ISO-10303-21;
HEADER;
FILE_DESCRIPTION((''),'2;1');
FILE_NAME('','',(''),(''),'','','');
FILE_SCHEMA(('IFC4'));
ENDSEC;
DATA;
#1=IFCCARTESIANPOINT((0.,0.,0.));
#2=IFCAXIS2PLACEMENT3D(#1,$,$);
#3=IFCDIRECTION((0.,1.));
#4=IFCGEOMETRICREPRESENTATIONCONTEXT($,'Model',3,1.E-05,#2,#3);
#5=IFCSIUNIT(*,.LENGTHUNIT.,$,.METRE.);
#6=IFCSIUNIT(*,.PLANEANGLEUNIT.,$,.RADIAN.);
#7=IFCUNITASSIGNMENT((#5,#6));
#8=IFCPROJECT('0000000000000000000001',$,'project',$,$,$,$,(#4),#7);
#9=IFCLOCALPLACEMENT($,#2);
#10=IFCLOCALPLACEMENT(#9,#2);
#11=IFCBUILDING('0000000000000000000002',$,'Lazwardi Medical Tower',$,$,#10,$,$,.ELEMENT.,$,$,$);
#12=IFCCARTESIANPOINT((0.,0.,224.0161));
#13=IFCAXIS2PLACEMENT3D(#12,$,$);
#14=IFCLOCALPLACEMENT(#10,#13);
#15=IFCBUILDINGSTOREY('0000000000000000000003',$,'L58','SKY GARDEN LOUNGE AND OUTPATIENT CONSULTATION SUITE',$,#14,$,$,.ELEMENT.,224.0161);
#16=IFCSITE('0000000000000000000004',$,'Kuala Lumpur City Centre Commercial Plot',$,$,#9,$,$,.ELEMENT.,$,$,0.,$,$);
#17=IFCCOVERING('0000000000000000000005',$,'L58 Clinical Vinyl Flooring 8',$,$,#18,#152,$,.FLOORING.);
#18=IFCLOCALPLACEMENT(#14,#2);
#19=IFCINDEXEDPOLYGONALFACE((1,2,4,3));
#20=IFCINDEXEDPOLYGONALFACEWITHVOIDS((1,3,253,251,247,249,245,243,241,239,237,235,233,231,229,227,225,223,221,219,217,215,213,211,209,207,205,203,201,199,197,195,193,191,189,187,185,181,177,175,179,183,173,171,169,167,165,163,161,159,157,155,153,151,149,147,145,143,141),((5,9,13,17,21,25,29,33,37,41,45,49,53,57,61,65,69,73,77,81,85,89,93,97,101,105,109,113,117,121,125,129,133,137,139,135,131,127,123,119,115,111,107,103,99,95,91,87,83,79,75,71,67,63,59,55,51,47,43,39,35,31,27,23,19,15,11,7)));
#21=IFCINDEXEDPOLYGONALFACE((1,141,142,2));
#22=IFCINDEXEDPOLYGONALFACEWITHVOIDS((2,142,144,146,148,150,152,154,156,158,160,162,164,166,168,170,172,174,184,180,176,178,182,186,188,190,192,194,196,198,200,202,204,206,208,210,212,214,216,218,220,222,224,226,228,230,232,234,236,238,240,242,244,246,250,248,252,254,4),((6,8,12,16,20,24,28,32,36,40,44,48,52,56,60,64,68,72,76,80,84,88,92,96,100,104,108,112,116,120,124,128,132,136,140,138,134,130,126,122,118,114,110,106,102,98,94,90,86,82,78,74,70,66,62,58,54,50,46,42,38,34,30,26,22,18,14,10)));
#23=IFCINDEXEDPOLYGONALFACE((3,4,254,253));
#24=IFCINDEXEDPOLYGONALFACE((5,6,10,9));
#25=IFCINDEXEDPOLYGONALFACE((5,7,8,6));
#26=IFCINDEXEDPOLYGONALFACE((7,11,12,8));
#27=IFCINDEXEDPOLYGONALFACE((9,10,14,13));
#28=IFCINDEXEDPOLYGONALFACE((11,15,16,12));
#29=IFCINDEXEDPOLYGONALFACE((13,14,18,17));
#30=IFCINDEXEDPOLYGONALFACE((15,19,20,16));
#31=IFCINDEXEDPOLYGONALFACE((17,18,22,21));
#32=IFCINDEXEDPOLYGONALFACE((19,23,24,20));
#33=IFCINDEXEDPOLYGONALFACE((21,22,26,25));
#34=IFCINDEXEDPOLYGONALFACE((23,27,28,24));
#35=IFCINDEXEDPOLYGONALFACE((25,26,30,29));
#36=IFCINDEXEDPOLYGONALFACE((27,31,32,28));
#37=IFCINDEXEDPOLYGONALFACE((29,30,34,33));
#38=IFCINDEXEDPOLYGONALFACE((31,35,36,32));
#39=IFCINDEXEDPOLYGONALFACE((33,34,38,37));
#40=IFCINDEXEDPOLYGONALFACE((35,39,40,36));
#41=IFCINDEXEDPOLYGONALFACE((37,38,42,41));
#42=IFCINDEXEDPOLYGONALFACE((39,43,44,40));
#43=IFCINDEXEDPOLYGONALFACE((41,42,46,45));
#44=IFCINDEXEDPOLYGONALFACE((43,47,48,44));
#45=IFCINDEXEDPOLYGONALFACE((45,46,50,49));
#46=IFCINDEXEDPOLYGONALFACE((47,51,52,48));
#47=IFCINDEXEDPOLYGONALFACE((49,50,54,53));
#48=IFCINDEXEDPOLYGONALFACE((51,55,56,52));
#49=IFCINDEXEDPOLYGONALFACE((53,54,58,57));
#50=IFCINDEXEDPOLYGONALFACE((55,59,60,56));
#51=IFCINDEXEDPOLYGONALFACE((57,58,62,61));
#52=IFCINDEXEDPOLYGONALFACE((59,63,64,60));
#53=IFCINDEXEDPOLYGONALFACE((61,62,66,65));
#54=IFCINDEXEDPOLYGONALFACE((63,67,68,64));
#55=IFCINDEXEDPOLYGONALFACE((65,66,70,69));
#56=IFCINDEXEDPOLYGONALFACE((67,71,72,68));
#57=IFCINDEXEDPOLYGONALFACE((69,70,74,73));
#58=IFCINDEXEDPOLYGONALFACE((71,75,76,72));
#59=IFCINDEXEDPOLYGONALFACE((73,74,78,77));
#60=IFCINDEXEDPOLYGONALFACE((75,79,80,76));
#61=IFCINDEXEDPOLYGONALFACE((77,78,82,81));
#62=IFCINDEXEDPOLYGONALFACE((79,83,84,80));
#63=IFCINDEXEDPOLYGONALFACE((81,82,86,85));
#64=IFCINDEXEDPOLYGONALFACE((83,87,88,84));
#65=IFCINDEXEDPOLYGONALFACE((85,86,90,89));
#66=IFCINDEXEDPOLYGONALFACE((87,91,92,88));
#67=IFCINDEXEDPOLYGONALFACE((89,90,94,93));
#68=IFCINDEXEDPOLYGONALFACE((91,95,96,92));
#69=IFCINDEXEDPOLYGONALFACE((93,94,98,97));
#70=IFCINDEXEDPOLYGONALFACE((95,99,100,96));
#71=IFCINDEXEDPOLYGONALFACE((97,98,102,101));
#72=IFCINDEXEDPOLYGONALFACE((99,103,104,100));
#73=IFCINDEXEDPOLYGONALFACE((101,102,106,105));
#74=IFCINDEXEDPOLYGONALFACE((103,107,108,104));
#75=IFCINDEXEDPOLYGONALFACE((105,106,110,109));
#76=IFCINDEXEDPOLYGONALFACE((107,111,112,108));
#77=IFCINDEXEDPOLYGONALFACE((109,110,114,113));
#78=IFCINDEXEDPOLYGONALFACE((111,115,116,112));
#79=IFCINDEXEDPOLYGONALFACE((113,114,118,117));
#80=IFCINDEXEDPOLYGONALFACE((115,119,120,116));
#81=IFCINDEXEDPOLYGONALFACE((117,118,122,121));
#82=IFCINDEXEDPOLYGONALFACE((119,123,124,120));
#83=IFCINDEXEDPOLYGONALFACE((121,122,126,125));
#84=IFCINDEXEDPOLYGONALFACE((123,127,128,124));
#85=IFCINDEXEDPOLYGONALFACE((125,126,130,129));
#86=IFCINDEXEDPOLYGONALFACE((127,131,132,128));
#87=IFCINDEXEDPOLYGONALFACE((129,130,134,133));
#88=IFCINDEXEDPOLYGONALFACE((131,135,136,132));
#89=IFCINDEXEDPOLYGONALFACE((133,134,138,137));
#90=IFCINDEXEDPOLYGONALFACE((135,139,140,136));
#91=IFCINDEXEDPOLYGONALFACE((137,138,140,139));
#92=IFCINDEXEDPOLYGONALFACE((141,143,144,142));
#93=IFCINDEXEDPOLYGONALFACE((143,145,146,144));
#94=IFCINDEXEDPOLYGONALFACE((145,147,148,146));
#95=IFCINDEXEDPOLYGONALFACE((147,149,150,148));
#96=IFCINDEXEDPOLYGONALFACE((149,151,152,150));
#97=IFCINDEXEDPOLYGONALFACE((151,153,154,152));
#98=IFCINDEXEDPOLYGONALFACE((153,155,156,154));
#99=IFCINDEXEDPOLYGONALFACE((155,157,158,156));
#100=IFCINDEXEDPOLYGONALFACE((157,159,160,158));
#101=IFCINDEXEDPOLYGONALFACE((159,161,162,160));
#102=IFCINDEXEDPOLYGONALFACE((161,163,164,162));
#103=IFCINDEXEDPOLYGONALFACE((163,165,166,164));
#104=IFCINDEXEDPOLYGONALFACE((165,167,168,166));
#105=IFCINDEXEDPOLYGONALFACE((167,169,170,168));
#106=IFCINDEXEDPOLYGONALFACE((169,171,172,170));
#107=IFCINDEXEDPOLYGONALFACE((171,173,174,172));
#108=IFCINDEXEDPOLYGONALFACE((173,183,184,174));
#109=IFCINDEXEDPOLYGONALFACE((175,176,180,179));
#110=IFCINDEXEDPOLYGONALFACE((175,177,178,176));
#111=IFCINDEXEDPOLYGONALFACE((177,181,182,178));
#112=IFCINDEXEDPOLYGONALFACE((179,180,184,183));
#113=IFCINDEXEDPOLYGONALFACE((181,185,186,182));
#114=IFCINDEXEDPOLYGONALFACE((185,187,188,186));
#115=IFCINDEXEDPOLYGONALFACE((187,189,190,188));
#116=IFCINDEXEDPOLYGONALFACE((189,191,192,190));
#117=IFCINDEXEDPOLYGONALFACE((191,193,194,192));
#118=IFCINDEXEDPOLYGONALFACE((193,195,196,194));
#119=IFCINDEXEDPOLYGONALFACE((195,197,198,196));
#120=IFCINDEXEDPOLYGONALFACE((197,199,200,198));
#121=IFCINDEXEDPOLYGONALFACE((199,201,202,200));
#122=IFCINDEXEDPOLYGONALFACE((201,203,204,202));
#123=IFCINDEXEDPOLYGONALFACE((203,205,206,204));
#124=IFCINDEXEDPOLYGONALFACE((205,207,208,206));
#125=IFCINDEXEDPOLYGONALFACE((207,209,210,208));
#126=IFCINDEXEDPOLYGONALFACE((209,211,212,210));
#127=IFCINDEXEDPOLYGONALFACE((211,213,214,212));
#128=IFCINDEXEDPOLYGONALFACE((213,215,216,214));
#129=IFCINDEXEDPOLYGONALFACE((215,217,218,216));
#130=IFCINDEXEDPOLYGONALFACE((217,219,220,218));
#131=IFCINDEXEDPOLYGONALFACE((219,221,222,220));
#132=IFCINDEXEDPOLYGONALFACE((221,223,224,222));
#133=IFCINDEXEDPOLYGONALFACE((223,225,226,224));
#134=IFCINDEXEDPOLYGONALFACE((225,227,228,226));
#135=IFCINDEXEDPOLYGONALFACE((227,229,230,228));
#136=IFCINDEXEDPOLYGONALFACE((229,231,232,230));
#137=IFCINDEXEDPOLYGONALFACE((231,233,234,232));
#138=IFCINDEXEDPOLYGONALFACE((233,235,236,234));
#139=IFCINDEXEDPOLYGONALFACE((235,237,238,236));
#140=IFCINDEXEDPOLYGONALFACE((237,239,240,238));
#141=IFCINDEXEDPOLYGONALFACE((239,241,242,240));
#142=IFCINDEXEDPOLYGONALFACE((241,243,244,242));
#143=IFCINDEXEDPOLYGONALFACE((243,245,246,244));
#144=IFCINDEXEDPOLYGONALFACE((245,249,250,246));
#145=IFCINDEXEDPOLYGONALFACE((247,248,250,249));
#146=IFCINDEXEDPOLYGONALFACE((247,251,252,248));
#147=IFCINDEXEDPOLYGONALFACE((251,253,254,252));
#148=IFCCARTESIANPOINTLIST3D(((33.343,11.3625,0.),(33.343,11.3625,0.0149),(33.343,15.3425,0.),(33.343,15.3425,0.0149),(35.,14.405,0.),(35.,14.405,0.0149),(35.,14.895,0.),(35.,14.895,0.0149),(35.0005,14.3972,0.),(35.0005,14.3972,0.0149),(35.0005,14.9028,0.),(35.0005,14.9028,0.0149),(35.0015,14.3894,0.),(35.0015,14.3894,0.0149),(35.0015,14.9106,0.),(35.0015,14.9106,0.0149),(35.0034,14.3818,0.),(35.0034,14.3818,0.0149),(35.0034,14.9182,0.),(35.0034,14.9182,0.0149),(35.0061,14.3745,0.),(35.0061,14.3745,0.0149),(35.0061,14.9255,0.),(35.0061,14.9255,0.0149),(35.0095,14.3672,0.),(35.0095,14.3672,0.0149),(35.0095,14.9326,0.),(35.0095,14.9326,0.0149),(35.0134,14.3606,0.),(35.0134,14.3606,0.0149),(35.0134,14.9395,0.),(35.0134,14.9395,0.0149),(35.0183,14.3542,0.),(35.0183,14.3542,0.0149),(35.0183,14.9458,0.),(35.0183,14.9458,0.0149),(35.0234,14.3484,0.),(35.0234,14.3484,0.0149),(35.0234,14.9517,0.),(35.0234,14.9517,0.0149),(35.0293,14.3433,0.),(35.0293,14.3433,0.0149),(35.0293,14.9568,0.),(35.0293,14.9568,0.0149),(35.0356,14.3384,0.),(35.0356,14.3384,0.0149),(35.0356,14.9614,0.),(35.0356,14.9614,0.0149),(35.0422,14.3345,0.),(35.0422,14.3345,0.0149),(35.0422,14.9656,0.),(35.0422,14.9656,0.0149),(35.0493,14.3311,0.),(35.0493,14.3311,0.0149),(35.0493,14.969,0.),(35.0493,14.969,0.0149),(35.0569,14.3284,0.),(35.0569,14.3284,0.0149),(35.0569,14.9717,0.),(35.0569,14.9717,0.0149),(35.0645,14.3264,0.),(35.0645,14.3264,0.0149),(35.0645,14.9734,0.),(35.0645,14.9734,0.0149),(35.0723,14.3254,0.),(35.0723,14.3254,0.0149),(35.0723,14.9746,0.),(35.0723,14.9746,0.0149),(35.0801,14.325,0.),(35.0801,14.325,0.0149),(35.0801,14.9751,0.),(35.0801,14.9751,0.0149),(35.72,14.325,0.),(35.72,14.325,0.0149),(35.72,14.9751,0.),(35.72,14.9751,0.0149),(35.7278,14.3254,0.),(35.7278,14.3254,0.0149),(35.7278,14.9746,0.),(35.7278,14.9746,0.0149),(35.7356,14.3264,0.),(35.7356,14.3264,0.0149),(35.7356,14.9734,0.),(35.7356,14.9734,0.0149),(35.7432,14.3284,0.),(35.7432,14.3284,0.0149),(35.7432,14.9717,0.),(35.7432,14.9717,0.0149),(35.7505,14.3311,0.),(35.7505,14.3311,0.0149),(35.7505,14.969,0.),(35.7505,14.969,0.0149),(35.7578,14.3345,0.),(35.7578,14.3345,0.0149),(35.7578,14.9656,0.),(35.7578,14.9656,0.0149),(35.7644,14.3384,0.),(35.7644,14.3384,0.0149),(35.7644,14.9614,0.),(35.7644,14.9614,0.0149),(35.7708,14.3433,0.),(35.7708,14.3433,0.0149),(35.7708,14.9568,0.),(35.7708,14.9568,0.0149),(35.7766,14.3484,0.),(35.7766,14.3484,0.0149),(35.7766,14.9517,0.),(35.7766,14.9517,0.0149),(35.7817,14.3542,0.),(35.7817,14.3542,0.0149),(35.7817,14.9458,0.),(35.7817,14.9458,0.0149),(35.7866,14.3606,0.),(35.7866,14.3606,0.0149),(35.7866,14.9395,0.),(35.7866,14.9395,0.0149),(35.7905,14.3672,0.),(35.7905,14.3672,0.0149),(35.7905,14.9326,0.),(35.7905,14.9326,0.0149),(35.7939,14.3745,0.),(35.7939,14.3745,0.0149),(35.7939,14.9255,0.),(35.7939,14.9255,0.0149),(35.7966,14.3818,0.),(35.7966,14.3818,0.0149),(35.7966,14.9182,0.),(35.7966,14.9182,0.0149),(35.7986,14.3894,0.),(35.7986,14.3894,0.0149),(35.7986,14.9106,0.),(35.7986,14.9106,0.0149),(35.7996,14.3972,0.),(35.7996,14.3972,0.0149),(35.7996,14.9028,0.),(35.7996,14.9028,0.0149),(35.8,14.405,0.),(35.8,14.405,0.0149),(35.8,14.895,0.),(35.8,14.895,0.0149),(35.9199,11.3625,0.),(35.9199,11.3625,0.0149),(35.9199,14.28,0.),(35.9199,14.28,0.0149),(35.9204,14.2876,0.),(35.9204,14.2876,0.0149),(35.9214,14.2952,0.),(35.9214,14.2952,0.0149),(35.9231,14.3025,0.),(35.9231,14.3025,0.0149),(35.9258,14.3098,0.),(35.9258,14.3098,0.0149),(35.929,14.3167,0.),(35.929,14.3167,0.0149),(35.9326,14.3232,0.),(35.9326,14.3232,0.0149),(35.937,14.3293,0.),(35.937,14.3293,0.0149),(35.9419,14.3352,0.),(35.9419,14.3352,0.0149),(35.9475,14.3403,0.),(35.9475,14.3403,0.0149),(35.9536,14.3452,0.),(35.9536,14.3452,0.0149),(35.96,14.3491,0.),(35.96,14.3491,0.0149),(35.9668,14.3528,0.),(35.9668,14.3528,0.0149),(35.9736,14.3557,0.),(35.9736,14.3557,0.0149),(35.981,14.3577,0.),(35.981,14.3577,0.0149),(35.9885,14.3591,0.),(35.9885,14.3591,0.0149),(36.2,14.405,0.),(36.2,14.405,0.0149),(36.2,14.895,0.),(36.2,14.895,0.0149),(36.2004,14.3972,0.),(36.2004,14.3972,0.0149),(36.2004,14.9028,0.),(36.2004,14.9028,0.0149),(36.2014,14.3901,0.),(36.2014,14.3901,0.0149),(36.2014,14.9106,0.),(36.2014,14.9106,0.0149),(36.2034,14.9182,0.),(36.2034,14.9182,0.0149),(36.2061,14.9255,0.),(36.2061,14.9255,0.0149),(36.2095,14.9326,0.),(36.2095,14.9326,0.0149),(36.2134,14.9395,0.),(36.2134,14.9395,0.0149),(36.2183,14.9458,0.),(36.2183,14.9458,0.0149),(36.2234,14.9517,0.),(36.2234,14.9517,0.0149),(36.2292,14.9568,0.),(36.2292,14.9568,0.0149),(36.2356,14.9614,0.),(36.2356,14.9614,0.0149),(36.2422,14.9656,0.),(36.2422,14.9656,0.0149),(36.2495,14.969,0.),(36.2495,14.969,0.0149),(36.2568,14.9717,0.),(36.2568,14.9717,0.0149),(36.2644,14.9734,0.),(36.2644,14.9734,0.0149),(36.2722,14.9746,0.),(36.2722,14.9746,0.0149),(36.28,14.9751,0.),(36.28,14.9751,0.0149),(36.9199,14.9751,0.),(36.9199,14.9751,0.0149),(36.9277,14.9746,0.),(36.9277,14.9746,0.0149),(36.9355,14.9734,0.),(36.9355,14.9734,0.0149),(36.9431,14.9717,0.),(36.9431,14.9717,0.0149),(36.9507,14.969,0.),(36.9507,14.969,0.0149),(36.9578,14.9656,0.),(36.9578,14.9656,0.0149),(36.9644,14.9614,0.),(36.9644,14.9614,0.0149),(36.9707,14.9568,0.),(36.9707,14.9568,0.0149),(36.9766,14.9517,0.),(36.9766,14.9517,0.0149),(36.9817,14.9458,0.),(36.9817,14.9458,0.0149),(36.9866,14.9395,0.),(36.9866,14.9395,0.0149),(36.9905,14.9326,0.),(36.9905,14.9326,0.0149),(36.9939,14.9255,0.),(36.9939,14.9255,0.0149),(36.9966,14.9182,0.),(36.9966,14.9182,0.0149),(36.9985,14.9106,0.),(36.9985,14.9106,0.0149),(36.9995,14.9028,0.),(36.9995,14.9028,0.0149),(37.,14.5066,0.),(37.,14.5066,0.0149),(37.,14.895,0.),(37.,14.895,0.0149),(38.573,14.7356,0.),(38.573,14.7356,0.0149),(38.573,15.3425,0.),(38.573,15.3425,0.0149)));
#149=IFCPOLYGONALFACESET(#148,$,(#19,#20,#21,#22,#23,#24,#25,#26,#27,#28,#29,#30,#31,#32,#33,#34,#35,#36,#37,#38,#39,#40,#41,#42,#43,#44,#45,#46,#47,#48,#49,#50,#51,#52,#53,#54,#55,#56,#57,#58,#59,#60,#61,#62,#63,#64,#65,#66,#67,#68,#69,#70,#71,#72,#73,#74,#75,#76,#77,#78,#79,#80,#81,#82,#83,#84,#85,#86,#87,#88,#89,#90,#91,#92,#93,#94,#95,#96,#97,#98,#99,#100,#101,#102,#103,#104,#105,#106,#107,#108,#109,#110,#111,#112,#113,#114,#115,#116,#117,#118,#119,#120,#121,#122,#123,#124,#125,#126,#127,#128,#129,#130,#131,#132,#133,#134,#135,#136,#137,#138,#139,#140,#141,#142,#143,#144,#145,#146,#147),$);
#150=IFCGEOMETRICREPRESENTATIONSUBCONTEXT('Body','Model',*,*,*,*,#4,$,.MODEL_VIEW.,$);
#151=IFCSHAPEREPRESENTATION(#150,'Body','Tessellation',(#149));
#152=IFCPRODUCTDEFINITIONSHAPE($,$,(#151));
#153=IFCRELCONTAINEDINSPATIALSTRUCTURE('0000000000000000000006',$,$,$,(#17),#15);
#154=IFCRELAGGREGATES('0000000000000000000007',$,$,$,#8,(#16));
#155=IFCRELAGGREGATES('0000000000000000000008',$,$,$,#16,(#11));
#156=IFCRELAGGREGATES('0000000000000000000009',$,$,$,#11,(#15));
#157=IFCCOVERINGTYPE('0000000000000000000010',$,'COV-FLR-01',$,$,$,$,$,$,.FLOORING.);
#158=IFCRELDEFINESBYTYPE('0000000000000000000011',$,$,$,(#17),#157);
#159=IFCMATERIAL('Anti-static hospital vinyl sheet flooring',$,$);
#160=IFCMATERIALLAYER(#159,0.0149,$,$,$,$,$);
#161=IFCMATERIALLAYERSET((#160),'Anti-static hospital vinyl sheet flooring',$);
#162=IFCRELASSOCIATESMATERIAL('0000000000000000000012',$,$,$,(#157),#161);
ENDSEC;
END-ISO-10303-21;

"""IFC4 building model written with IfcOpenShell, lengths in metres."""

from ifc_helpers import new_model, si_unit, direction, frame, origin, place, context, subcontext, project, spatial, polyline, outline, extrude, material, layer, layer_set, type_object, element, save


model = new_model("IFC4")

# Units and contexts
model_context = context("Model", 3, precision=1e-05, world=origin(), true_north=direction((0.0, 1.0)))
body_context = subcontext(model_context, "Body", "Model", "MODEL_VIEW")
ifc_project = project(units=[si_unit("LENGTHUNIT", "METRE"), si_unit("PLANEANGLEUNIT", "RADIAN")], contexts=[model_context])

# Site, building, storey
site_placement = place(None, origin())
site = spatial("IfcSite", under=ifc_project, at=site_placement, Name="Kuala Lumpur City Centre Commercial Plot", CompositionType="ELEMENT", RefElevation=0.0)
building_placement = place(site_placement, origin())
building = spatial("IfcBuilding", under=site, at=building_placement, Name="Lazwardi Medical Tower", CompositionType="ELEMENT")
storey_placement = place(building_placement, frame((0.0, 0.0, 224.0161)))
storey = spatial("IfcBuildingStorey", under=building, at=storey_placement, Name="L58", Description="SKY GARDEN LOUNGE AND OUTPATIENT CONSULTATION SUITE", CompositionType="ELEMENT", Elevation=224.0161)

# Covering
ifc_material_1 = material(Name="Anti-static hospital vinyl sheet flooring")
ifc_layer_1 = layer(ifc_material_1, 0.0149)
ifc_layer_set_1 = layer_set([ifc_layer_1], Name="Anti-static hospital vinyl sheet flooring")
covering_type_1 = type_object("IfcCoveringType", Name="COV-FLR-01", PredefinedType="FLOORING", material=ifc_layer_set_1)
covering_1_placement = place(storey_placement, origin())
element("IfcCovering", 1, at=covering_1_placement, inside=storey, type_object=covering_type_1, Name="L58 Clinical Vinyl Flooring 8", PredefinedType="FLOORING", context=body_context, shape_type="SweptSolid", body=[
    extrude(outline(polyline([(35.9199, 11.3625), (35.9199, 14.28), (35.9204, 14.2876), (35.9214, 14.2952), (35.9231, 14.3025), (35.9258, 14.3098), (35.929, 14.3167), (35.9326, 14.3232), (35.937, 14.3293), (35.9419, 14.3352), (35.9475, 14.3403), (35.9536, 14.3452), (35.96, 14.3491), (35.9668, 14.3528), (35.9736, 14.3557), (35.981, 14.3577), (35.9885, 14.3591), (36.2014, 14.3901), (36.2004, 14.3972), (36.2, 14.405), (36.2, 14.895), (36.2004, 14.9028), (36.2014, 14.9106), (36.2034, 14.9182), (36.2061, 14.9255), (36.2095, 14.9326), (36.2134, 14.9395), (36.2183, 14.9458), (36.2234, 14.9517), (36.2292, 14.9568), (36.2356, 14.9614), (36.2422, 14.9656), (36.2495, 14.969), (36.2568, 14.9717), (36.2644, 14.9734), (36.2722, 14.9746), (36.28, 14.9751), (36.9199, 14.9751), (36.9277, 14.9746), (36.9355, 14.9734), (36.9431, 14.9717), (36.9507, 14.969), (36.9578, 14.9656), (36.9644, 14.9614), (36.9707, 14.9568), (36.9766, 14.9517), (36.9817, 14.9458), (36.9866, 14.9395), (36.9905, 14.9326), (36.9939, 14.9255), (36.9966, 14.9182), (36.9985, 14.9106), (36.9995, 14.9028), (37.0, 14.895), (37.0, 14.5066), (38.573, 14.7356), (38.573, 15.3425), (33.343, 15.3425), (33.343, 11.3625), (35.9199, 11.3625)]), holes=[polyline([(35.7432, 14.3284), (35.7356, 14.3264), (35.7278, 14.3254), (35.72, 14.325), (35.0801, 14.325), (35.0723, 14.3254), (35.0645, 14.3264), (35.0569, 14.3284), (35.0493, 14.3311), (35.0422, 14.3345), (35.0356, 14.3384), (35.0293, 14.3433), (35.0234, 14.3484), (35.0183, 14.3542), (35.0134, 14.3606), (35.0095, 14.3672), (35.0061, 14.3745), (35.0034, 14.3818), (35.0015, 14.3894), (35.0005, 14.3972), (35.0, 14.405), (35.0, 14.895), (35.0005, 14.9028), (35.0015, 14.9106), (35.0034, 14.9182), (35.0061, 14.9255), (35.0095, 14.9326), (35.0134, 14.9395), (35.0183, 14.9458), (35.0234, 14.9517), (35.0293, 14.9568), (35.0356, 14.9614), (35.0422, 14.9656), (35.0493, 14.969), (35.0569, 14.9717), (35.0645, 14.9734), (35.0723, 14.9746), (35.0801, 14.9751), (35.72, 14.9751), (35.7278, 14.9746), (35.7356, 14.9734), (35.7432, 14.9717), (35.7505, 14.969), (35.7578, 14.9656), (35.7644, 14.9614), (35.7708, 14.9568), (35.7766, 14.9517), (35.7817, 14.9458), (35.7866, 14.9395), (35.7905, 14.9326), (35.7939, 14.9255), (35.7966, 14.9182), (35.7986, 14.9106), (35.7996, 14.9028), (35.8, 14.895), (35.8, 14.405), (35.7996, 14.3972), (35.7986, 14.3894), (35.7966, 14.3818), (35.7939, 14.3745), (35.7905, 14.3672), (35.7866, 14.3606), (35.7817, 14.3542), (35.7766, 14.3484), (35.7708, 14.3433), (35.7644, 14.3384), (35.7578, 14.3345), (35.7505, 14.3311), (35.7432, 14.3284)])]), origin(), (0.0, 0.0, 1.0), 0.0149),
])

save(model, "model.ifc")
